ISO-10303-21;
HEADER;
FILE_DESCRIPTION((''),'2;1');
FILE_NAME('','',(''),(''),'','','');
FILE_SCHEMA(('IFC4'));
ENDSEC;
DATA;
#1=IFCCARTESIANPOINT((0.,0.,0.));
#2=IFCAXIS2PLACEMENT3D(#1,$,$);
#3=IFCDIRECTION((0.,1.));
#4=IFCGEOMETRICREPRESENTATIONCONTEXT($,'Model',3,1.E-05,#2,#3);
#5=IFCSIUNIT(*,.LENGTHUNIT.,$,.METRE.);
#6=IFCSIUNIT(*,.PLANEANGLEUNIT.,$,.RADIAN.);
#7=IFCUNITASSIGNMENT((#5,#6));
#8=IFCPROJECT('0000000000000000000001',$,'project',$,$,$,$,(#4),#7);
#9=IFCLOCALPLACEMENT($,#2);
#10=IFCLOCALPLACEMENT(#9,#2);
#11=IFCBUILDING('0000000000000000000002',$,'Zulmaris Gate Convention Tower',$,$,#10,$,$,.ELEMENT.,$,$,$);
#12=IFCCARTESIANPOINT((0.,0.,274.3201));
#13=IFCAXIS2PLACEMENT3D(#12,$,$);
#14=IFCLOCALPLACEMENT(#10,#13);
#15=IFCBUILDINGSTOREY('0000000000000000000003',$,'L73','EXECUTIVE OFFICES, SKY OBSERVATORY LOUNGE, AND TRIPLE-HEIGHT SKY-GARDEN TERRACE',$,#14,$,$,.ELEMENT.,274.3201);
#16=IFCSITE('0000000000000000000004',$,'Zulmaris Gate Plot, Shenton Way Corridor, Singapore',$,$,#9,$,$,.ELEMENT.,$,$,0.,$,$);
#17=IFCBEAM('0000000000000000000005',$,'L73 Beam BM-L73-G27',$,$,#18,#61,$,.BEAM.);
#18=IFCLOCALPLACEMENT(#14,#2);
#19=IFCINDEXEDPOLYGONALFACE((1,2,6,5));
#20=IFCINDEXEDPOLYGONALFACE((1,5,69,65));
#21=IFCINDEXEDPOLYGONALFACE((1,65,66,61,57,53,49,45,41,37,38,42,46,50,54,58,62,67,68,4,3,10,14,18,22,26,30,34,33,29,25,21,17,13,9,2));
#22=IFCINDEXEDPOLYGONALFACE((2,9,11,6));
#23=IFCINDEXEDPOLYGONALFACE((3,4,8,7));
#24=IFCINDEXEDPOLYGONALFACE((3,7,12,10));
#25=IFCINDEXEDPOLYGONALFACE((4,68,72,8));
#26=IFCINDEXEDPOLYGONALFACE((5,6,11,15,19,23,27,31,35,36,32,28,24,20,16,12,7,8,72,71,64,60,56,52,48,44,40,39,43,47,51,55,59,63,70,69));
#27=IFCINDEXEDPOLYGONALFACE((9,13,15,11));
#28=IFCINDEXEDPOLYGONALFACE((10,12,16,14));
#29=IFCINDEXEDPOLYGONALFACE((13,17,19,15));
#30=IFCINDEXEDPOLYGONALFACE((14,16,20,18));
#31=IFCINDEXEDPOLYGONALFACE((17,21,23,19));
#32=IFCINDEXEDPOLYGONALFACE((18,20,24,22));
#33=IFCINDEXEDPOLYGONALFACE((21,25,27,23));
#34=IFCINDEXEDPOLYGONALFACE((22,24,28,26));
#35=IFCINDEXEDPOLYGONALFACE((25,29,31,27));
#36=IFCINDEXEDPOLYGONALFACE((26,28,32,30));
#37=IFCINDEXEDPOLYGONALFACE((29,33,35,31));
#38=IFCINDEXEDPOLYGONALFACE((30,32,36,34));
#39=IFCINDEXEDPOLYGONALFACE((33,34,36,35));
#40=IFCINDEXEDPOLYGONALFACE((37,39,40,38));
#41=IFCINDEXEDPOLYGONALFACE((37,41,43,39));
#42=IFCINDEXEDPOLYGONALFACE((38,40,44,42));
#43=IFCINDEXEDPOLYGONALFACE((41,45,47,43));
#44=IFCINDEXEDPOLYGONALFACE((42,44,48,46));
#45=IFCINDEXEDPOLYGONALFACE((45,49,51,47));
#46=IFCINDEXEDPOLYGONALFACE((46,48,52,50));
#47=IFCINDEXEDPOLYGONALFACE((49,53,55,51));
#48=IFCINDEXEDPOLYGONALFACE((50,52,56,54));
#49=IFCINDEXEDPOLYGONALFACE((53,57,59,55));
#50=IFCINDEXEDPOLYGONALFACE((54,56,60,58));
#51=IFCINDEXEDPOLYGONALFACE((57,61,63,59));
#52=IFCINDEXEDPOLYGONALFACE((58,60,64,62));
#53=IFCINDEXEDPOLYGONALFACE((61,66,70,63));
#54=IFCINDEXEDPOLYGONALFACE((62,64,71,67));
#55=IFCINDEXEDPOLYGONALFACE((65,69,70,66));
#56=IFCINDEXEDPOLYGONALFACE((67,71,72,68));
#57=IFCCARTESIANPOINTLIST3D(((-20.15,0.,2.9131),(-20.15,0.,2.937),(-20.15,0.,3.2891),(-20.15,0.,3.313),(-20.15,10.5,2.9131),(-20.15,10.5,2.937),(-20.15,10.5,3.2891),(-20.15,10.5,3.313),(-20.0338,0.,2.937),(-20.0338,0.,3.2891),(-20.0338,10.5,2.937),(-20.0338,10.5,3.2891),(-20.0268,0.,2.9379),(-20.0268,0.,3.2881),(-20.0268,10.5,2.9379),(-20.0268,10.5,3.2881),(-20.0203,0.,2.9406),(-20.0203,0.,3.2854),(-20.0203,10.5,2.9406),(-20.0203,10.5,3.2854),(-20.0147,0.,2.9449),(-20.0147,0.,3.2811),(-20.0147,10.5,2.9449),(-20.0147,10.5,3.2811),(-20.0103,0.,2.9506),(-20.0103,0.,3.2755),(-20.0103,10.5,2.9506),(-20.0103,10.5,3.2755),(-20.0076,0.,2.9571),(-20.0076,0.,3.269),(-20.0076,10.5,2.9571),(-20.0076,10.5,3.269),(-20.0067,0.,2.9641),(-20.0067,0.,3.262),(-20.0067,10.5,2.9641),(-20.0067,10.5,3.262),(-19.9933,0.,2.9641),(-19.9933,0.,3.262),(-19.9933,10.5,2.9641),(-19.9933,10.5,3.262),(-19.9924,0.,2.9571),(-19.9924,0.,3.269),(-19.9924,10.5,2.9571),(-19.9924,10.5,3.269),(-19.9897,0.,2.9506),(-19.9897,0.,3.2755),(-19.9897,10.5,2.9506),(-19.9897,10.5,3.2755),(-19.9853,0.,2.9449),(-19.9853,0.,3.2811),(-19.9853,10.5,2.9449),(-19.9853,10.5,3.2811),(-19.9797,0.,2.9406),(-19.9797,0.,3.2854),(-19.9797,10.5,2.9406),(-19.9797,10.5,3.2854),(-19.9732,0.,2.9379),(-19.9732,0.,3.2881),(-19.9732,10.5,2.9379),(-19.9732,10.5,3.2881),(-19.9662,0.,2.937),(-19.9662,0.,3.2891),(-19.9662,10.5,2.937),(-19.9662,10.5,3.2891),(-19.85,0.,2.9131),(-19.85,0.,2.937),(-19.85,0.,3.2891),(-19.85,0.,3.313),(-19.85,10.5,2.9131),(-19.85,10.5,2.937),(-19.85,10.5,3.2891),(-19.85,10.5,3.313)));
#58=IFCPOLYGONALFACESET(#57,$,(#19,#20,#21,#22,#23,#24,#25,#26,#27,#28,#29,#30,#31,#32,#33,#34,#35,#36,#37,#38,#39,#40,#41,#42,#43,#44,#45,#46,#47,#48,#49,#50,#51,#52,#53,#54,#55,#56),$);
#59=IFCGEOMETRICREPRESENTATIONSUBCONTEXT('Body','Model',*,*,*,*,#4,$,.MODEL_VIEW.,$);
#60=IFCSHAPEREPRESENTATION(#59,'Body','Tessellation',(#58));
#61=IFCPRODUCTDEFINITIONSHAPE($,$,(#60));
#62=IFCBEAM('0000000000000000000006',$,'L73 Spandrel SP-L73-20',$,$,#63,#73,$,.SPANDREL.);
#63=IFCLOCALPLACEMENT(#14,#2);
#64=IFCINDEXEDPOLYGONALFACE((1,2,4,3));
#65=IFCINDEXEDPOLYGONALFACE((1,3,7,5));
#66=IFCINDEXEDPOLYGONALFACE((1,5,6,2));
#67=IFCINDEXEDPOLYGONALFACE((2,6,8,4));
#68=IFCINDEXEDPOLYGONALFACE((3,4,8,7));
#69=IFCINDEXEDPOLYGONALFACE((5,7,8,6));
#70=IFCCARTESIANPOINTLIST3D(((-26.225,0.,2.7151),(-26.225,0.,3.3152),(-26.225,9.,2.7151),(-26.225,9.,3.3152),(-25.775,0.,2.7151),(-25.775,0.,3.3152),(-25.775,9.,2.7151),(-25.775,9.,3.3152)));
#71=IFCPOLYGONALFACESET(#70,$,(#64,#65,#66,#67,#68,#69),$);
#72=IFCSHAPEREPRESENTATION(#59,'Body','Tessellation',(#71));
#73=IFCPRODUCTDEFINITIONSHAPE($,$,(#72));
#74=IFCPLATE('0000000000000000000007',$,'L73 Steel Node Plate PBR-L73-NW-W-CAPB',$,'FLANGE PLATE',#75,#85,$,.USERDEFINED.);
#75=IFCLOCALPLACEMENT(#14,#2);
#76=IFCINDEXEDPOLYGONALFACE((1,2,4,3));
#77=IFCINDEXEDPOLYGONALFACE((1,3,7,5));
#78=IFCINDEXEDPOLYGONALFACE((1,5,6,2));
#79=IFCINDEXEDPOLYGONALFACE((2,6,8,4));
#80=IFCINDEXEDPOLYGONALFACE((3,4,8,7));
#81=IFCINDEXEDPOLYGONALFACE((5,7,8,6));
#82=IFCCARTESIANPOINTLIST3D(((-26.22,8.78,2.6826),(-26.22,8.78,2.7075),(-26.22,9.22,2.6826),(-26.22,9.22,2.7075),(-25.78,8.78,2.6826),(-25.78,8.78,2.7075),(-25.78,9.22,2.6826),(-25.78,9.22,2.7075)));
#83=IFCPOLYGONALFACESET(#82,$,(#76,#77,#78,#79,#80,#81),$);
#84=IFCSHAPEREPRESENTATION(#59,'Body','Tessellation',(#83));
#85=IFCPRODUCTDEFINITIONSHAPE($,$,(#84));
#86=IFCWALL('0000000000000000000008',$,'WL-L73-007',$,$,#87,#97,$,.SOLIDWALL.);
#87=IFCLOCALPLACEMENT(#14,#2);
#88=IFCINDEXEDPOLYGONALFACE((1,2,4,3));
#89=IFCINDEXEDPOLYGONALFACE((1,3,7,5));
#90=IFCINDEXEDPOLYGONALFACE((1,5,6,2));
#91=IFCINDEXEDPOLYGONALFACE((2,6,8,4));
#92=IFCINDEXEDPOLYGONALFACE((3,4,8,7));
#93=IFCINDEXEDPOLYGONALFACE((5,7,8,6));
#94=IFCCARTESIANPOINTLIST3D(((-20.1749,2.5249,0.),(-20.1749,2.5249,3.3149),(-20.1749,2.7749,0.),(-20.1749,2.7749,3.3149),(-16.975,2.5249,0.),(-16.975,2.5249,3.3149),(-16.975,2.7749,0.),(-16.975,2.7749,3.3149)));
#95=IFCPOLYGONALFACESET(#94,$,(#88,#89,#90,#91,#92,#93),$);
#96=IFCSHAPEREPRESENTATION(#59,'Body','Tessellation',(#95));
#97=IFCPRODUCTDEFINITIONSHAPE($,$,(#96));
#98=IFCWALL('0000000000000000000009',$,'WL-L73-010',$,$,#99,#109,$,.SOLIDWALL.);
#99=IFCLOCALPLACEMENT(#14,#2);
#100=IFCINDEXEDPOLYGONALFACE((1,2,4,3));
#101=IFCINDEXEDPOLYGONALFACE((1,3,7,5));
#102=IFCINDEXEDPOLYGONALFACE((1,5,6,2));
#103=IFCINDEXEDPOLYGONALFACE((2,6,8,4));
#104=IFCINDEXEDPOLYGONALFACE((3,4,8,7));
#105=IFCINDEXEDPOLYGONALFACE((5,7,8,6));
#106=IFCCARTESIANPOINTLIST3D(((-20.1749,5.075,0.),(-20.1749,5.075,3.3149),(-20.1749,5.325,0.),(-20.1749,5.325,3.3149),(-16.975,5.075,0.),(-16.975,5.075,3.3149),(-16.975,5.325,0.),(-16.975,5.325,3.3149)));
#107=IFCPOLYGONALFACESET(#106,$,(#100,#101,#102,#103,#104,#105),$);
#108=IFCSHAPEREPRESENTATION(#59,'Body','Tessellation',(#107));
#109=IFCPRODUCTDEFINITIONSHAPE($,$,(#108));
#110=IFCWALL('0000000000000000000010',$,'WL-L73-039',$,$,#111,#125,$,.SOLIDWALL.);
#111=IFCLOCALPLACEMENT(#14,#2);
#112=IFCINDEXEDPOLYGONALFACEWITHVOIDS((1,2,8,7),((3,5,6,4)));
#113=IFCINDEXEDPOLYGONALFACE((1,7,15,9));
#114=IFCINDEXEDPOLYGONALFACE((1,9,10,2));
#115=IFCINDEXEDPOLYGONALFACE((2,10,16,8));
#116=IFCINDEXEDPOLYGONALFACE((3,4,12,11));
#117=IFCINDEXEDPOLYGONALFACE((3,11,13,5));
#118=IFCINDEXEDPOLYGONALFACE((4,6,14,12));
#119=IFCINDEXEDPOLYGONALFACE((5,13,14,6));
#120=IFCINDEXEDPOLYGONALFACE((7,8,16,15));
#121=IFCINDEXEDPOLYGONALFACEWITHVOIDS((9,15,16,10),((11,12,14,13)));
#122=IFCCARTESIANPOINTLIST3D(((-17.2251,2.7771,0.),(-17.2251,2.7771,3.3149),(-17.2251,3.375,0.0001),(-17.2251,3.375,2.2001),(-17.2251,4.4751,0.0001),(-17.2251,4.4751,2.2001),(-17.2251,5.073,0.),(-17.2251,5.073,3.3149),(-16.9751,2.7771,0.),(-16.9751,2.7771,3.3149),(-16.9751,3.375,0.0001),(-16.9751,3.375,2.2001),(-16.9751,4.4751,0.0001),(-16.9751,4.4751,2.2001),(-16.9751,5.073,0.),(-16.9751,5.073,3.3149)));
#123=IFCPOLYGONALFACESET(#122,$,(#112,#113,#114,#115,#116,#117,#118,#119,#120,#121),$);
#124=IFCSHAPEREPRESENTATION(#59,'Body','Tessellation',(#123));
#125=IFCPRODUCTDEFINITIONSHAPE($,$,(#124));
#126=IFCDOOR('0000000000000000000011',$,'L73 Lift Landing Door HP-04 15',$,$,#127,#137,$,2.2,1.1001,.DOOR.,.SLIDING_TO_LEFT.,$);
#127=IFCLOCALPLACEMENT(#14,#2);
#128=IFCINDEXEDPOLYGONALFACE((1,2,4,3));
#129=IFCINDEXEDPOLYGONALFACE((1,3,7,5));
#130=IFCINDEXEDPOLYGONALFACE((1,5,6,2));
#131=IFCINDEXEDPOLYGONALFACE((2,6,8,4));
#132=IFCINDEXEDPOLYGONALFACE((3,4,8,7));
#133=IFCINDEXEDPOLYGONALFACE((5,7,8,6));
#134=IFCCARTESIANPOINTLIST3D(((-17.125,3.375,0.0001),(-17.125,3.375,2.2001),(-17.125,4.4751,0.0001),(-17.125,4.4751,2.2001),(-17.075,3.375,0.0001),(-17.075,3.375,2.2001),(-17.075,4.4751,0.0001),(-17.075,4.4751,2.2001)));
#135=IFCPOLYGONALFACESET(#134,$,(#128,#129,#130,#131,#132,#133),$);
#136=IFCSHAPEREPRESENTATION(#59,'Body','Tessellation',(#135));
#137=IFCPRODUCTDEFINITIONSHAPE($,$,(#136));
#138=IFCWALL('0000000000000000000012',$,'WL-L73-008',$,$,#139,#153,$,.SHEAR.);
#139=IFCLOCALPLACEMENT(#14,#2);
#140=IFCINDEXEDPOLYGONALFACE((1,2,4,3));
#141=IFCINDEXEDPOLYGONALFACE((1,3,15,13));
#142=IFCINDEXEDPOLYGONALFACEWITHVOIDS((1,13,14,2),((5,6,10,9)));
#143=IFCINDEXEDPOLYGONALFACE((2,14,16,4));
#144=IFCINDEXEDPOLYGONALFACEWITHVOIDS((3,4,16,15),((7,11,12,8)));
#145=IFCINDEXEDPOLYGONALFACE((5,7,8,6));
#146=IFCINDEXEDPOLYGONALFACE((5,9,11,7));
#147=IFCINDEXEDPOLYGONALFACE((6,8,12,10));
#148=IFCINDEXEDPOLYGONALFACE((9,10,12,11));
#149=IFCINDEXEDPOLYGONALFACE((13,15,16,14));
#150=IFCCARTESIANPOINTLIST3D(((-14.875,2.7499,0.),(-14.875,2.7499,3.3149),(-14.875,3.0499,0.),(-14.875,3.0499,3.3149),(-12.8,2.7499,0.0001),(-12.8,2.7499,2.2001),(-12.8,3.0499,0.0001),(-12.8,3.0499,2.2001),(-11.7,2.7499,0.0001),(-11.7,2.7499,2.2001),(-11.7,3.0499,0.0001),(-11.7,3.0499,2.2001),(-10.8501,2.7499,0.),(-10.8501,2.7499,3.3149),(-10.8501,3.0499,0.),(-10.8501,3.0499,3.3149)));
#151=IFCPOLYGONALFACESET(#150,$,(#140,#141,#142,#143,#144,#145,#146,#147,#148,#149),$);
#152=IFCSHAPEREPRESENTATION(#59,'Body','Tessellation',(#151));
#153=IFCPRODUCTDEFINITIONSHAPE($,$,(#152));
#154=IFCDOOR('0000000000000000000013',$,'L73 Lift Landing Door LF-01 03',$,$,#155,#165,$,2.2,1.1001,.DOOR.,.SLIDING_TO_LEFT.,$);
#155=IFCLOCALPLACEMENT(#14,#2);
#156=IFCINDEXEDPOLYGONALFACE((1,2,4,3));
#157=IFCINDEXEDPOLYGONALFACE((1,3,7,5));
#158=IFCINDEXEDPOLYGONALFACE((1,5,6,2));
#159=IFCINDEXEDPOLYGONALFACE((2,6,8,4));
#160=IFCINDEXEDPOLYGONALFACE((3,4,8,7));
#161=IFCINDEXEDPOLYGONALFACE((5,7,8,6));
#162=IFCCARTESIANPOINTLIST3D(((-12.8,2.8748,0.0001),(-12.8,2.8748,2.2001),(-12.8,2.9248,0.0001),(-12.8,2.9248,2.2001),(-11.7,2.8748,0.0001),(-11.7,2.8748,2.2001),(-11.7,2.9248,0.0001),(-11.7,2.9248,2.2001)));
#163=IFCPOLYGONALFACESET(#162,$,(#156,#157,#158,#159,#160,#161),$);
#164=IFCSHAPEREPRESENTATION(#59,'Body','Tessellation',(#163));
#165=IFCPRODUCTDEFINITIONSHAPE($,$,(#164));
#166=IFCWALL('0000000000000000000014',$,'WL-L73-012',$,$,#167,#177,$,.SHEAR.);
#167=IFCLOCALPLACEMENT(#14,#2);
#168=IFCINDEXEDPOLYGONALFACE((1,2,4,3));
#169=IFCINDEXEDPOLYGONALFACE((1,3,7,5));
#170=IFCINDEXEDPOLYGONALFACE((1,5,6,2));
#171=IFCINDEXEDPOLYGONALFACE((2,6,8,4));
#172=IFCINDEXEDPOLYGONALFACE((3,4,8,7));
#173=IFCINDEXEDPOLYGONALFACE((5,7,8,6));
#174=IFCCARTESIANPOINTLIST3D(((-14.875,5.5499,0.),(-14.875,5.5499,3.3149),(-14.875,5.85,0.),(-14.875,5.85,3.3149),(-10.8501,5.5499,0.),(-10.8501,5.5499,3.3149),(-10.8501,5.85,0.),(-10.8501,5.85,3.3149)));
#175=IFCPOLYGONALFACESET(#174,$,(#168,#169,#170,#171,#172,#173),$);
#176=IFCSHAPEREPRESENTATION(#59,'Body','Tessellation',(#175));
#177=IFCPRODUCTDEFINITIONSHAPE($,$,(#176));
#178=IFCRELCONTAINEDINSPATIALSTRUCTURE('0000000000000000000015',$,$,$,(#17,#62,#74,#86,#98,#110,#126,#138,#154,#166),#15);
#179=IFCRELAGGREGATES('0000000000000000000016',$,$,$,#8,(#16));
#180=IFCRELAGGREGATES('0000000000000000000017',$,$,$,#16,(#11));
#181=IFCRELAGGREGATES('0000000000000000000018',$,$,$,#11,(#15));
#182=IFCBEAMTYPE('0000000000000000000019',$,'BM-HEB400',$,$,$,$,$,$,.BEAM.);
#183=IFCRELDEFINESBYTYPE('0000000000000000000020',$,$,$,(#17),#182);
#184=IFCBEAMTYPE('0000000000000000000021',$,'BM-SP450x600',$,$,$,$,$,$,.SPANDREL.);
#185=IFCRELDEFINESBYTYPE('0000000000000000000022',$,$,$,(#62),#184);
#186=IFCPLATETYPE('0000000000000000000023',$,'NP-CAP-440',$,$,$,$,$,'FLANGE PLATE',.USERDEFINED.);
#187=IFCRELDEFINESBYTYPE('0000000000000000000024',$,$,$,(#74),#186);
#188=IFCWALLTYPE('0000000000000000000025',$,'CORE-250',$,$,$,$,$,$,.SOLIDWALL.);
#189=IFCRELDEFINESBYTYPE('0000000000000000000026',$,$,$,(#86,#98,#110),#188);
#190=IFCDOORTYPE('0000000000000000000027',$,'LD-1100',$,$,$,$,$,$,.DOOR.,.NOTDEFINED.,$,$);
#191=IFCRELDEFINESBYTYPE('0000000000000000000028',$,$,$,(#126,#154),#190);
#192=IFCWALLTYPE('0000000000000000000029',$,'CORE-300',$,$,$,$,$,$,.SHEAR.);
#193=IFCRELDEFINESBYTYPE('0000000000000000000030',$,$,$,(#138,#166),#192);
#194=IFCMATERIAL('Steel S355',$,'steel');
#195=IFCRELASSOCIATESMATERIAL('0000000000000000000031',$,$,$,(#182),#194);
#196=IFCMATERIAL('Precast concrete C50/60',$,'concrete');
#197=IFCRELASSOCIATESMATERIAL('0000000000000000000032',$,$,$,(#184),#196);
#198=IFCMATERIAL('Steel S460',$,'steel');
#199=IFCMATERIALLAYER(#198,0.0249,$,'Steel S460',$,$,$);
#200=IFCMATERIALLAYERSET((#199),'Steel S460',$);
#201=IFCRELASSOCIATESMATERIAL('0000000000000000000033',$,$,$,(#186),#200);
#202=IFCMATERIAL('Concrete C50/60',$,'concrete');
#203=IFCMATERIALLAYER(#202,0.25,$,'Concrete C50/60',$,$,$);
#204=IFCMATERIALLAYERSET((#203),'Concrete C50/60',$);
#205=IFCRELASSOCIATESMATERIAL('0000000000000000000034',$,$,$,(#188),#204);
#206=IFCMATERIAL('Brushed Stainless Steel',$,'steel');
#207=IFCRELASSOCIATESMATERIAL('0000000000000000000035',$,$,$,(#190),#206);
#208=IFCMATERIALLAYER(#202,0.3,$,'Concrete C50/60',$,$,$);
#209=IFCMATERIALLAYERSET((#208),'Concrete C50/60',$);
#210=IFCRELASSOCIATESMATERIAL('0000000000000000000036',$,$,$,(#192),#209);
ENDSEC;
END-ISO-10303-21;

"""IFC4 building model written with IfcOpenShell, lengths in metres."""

from ifc_helpers import new_model, si_unit, direction, frame, frame_2d, origin, origin_2d, place, context, subcontext, project, spatial, rectangle, i_section, extrude, material, layer, layer_set, material_profile, profile_set, type_object, element, fill, save


model = new_model("IFC4")

# Units and contexts
model_context = context("Model", 3, precision=1e-05, world=origin(), true_north=direction((0.0, 1.0)))
body_context = subcontext(model_context, "Body", "Model", "MODEL_VIEW")
ifc_project = project(units=[si_unit("LENGTHUNIT", "METRE"), si_unit("PLANEANGLEUNIT", "RADIAN")], contexts=[model_context])

# Site, building, storey
site_placement = place(None, origin())
site = spatial("IfcSite", under=ifc_project, at=site_placement, Name="Zulmaris Gate Plot, Shenton Way Corridor, Singapore", CompositionType="ELEMENT", RefElevation=0.0)
building_placement = place(site_placement, origin())
building = spatial("IfcBuilding", under=site, at=building_placement, Name="Zulmaris Gate Convention Tower", CompositionType="ELEMENT")
storey_placement = place(building_placement, frame((0.0, 0.0, 274.3201)))
storey = spatial("IfcBuildingStorey", under=building, at=storey_placement, Name="L73", Description="EXECUTIVE OFFICES, SKY OBSERVATORY LOUNGE, AND TRIPLE-HEIGHT SKY-GARDEN TERRACE", CompositionType="ELEMENT", Elevation=274.3201)

# Shared definitions
ifc_material_1 = material(Name="Concrete C50/60", Category="concrete")

# Beams
ifc_material_2 = material(Name="Steel S355", Category="steel")
ifc_material_profile_1 = material_profile(ifc_material_2, i_section(OverallWidth=0.3, OverallDepth=0.3999, WebThickness=0.0134, FlangeThickness=0.0239, FilletRadius=0.0271, at=origin_2d()), Name="HEB 400")
ifc_profile_set_1 = profile_set([ifc_material_profile_1], Name="Steel S355")
beam_type_1 = type_object("IfcBeamType", Name="BM-HEB400", PredefinedType="BEAM", material=ifc_profile_set_1)
beam_1_placement = place(storey_placement, frame((-20.0, 0.0, 3.113), z_axis=(0.0, 1.0, 0.0), x_axis=(-1.0, 0.0, 0.0)))
element("IfcBeam", 1, at=beam_1_placement, inside=storey, type_object=beam_type_1, Name="L73 Beam BM-L73-G27", PredefinedType="BEAM", context=body_context, shape_type="SweptSolid", body=[
    extrude(i_section(OverallWidth=0.3, OverallDepth=0.3999, WebThickness=0.0134, FlangeThickness=0.0239, FilletRadius=0.0271, at=origin_2d()), origin(), (0.0, 0.0, 1.0), 10.5),
])
ifc_material_3 = material(Name="Precast concrete C50/60", Category="concrete")
ifc_material_profile_2 = material_profile(ifc_material_3, rectangle(XDim=0.45, YDim=0.6001, at=origin_2d()), Name="RC SPANDREL 450x600")
ifc_profile_set_2 = profile_set([ifc_material_profile_2], Name="Precast concrete C50/60")
beam_type_2 = type_object("IfcBeamType", Name="BM-SP450x600", PredefinedType="SPANDREL", material=ifc_profile_set_2)
beam_2_placement = place(storey_placement, frame((-26.0, 9.0, 3.0151), z_axis=(0.0, -1.0, 0.0), x_axis=(1.0, 0.0, 0.0)))
element("IfcBeam", 2, at=beam_2_placement, inside=storey, type_object=beam_type_2, Name="L73 Spandrel SP-L73-20", PredefinedType="SPANDREL", context=body_context, shape_type="SweptSolid", body=[
    extrude(rectangle(XDim=0.45, YDim=0.6001, at=origin_2d()), origin(), (0.0, 0.0, 1.0), 9.0),
])

# Plate
ifc_material_4 = material(Name="Steel S460", Category="steel")
ifc_layer_1 = layer(ifc_material_4, 0.0249, Name="Steel S460")
ifc_layer_set_1 = layer_set([ifc_layer_1], Name="Steel S460")
plate_type = type_object("IfcPlateType", Name="NP-CAP-440", ElementType="FLANGE PLATE", PredefinedType="USERDEFINED", material=ifc_layer_set_1)
plate_placement = place(storey_placement, frame((-26.0, 9.0, 2.6826), z_axis=(0.0, 0.0, 1.0), x_axis=(1.0, 0.0, 0.0)))
element("IfcPlate", 3, at=plate_placement, inside=storey, type_object=plate_type, Name="L73 Steel Node Plate PBR-L73-NW-W-CAPB", ObjectType="FLANGE PLATE", PredefinedType="USERDEFINED", context=body_context, shape_type="SweptSolid", body=[
    extrude(rectangle(XDim=0.4399, YDim=0.4399, at=origin_2d()), origin(), (0.0, 0.0, 1.0), 0.0249),
])

# Walls
ifc_layer_2 = layer(ifc_material_1, 0.25, Name="Concrete C50/60")
ifc_layer_set_2 = layer_set([ifc_layer_2], Name="Concrete C50/60")
wall_type_1 = type_object("IfcWallType", Name="CORE-250", PredefinedType="SOLIDWALL", material=ifc_layer_set_2)
for number, where, z_axis, x_axis, name in (
    (4, (-20.175, 2.6499, 0.0), (0.0, 0.0, 1.0), (1.0, 0.0, 0.0), "WL-L73-007"),
    (5, (-20.175, 5.2, 0.0), (0.0, 0.0, 1.0), (1.0, 0.0, 0.0), "WL-L73-010"),
):
    element("IfcWall", number, at=place(storey_placement, frame(where, z_axis=z_axis, x_axis=x_axis)), inside=storey, type_object=wall_type_1, Name=name, PredefinedType="SOLIDWALL", context=body_context, shape_type="SweptSolid", body=[
        extrude(rectangle(XDim=3.2, YDim=0.25, at=frame_2d((1.6001, 0.0))), origin(), (0.0, 0.0, 1.0), 3.3149),
    ])

# Walls, openings, doors
wall_1_placement = place(storey_placement, frame((-17.1001, 2.7771, 0.0), z_axis=(0.0, 0.0, 1.0), x_axis=(0.0, 1.0, 0.0)))
wall_1 = element("IfcWall", 6, at=wall_1_placement, inside=storey, type_object=wall_type_1, Name="WL-L73-039", PredefinedType="SOLIDWALL", context=body_context, shape_type="SweptSolid", body=[
    extrude(rectangle(XDim=2.2959, YDim=0.25, at=frame_2d((1.1479, 0.0))), origin(), (0.0, 0.0, 1.0), 3.3149),
])
opening_1_placement = place(wall_1_placement, frame((0.5979, 0.0, 0.0)))
opening_1 = element("IfcOpeningElement", 7, at=opening_1_placement, cuts=wall_1, PredefinedType="OPENING", context=body_context, shape_type="SweptSolid", body=[
    extrude(rectangle(XDim=1.1001, YDim=2.2, at=frame_2d((0.55, 1.1001))), frame((0.0, 0.135, 0.0), z_axis=(0.0, -1.0, 0.0), x_axis=(1.0, 0.0, 0.0)), (0.0, 0.0, 1.0), 0.27),
])
ifc_material_5 = material(Name="Brushed Stainless Steel", Category="steel")
door_type_1 = type_object("IfcDoorType", Name="LD-1100", OperationType="NOTDEFINED", PredefinedType="DOOR", material=ifc_material_5)
door_1_placement = place(opening_1_placement, origin())
door_1 = element("IfcDoor", 8, at=door_1_placement, inside=storey, type_object=door_type_1, Name="L73 Lift Landing Door HP-04 15", OperationType="SLIDING_TO_LEFT", OverallHeight=2.2, OverallWidth=1.1001, PredefinedType="DOOR", context=body_context, shape_type="SweptSolid", body=[
    extrude(rectangle(XDim=1.1001, YDim=2.2, at=frame_2d((0.55, 1.1001))), frame((0.0, 0.0249, 0.0), z_axis=(0.0, -1.0, 0.0), x_axis=(1.0, 0.0, 0.0)), (0.0, 0.0, 1.0), 0.05),
])
fill(opening_1, door_1)
ifc_layer_3 = layer(ifc_material_1, 0.3, Name="Concrete C50/60")
ifc_layer_set_3 = layer_set([ifc_layer_3], Name="Concrete C50/60")
wall_type_2 = type_object("IfcWallType", Name="CORE-300", PredefinedType="SHEAR", material=ifc_layer_set_3)
wall_2_placement = place(storey_placement, frame((-14.875, 2.8999, 0.0), z_axis=(0.0, 0.0, 1.0), x_axis=(1.0, 0.0, 0.0)))
wall_2 = element("IfcWall", 9, at=wall_2_placement, inside=storey, type_object=wall_type_2, Name="WL-L73-008", PredefinedType="SHEAR", context=body_context, shape_type="SweptSolid", body=[
    extrude(rectangle(XDim=4.0249, YDim=0.3, at=frame_2d((2.0125, 0.0))), origin(), (0.0, 0.0, 1.0), 3.3149),
])
opening_2_placement = place(wall_2_placement, frame((2.075, 0.0, 0.0)))
opening_2 = element("IfcOpeningElement", 10, at=opening_2_placement, cuts=wall_2, PredefinedType="OPENING", context=body_context, shape_type="SweptSolid", body=[
    extrude(rectangle(XDim=1.1001, YDim=2.2, at=frame_2d((0.55, 1.1001))), frame((0.0, 0.1602, 0.0), z_axis=(0.0, -1.0, 0.0), x_axis=(1.0, 0.0, 0.0)), (0.0, 0.0, 1.0), 0.3201),
])
door_2_placement = place(opening_2_placement, origin())
door_2 = element("IfcDoor", 11, at=door_2_placement, inside=storey, type_object=door_type_1, Name="L73 Lift Landing Door LF-01 03", OperationType="SLIDING_TO_LEFT", OverallHeight=2.2, OverallWidth=1.1001, PredefinedType="DOOR", context=body_context, shape_type="SweptSolid", body=[
    extrude(rectangle(XDim=1.1001, YDim=2.2, at=frame_2d((0.55, 1.1001))), frame((0.0, 0.0249, 0.0), z_axis=(0.0, -1.0, 0.0), x_axis=(1.0, 0.0, 0.0)), (0.0, 0.0, 1.0), 0.05),
])
fill(opening_2, door_2)

# Wall
wall_3_placement = place(storey_placement, frame((-14.875, 5.7, 0.0), z_axis=(0.0, 0.0, 1.0), x_axis=(1.0, 0.0, 0.0)))
element("IfcWall", 12, at=wall_3_placement, inside=storey, type_object=wall_type_2, Name="WL-L73-012", PredefinedType="SHEAR", context=body_context, shape_type="SweptSolid", body=[
    extrude(rectangle(XDim=4.0249, YDim=0.3, at=frame_2d((2.0125, 0.0))), origin(), (0.0, 0.0, 1.0), 3.3149),
])

save(model, "model.ifc")
